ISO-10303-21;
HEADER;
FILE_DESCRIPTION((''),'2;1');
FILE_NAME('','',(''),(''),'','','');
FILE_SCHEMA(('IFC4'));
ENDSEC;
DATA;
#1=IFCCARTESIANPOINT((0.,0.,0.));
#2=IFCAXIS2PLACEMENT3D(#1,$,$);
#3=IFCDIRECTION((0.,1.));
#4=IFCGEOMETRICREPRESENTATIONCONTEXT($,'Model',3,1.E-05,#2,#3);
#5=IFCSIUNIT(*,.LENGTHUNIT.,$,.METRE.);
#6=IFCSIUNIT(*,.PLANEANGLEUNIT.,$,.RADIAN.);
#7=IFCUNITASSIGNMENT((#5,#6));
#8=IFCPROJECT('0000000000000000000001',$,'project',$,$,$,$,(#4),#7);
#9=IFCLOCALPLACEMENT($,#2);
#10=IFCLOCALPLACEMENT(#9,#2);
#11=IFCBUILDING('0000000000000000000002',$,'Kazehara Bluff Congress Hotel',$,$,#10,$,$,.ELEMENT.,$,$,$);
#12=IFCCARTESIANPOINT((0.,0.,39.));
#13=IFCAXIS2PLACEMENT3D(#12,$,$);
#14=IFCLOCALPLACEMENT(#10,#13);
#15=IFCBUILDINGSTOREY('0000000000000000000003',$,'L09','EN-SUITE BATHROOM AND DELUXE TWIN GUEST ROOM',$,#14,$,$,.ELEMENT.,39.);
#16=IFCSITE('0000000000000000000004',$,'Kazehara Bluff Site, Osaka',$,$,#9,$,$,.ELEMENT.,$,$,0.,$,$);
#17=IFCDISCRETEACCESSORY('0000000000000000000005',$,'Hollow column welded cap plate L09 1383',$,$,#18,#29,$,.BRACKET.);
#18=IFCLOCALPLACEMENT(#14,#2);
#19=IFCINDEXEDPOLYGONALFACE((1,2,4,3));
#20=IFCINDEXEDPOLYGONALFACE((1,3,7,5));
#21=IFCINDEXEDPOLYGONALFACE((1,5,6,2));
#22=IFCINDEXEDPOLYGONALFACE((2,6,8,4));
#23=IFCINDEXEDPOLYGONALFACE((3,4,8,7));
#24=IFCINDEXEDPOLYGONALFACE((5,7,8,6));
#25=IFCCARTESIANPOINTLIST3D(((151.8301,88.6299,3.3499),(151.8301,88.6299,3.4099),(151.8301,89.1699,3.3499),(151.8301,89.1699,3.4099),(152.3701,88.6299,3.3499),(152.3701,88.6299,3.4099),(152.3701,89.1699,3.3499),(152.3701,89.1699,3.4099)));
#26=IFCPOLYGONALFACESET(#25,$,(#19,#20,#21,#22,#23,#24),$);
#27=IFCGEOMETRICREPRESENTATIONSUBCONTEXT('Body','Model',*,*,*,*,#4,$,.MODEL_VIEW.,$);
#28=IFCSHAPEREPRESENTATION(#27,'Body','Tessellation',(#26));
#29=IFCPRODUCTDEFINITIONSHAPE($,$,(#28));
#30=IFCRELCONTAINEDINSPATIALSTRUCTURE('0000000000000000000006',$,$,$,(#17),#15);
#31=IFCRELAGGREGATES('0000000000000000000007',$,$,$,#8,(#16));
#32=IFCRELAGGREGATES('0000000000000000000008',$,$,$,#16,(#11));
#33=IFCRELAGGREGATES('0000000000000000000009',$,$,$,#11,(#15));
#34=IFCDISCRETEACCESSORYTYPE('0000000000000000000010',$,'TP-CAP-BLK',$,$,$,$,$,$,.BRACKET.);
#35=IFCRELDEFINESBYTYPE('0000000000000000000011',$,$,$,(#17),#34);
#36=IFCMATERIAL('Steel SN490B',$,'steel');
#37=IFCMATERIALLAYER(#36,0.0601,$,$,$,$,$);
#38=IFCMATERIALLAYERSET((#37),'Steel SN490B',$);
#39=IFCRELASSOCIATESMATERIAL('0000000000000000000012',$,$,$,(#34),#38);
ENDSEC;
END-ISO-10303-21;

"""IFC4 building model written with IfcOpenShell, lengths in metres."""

from ifc_helpers import new_model, si_unit, direction, frame, origin, origin_2d, place, context, subcontext, project, spatial, rectangle, extrude, material, layer, layer_set, type_object, element, save


model = new_model("IFC4")

# Units and contexts
model_context = context("Model", 3, precision=1e-05, world=origin(), true_north=direction((0.0, 1.0)))
body_context = subcontext(model_context, "Body", "Model", "MODEL_VIEW")
ifc_project = project(units=[si_unit("LENGTHUNIT", "METRE"), si_unit("PLANEANGLEUNIT", "RADIAN")], contexts=[model_context])

# Site, building, storey
site_placement = place(None, origin())
site = spatial("IfcSite", under=ifc_project, at=site_placement, Name="Kazehara Bluff Site, Osaka", CompositionType="ELEMENT", RefElevation=0.0)
building_placement = place(site_placement, origin())
building = spatial("IfcBuilding", under=site, at=building_placement, Name="Kazehara Bluff Congress Hotel", CompositionType="ELEMENT")
storey_placement = place(building_placement, frame((0.0, 0.0, 39.0)))
storey = spatial("IfcBuildingStorey", under=building, at=storey_placement, Name="L09", Description="EN-SUITE BATHROOM AND DELUXE TWIN GUEST ROOM", CompositionType="ELEMENT", Elevation=39.0)

# Discrete accessory
ifc_material_1 = material(Name="Steel SN490B", Category="steel")
ifc_layer_1 = layer(ifc_material_1, 0.0601)
ifc_layer_set_1 = layer_set([ifc_layer_1], Name="Steel SN490B")
discrete_accessory_type = type_object("IfcDiscreteAccessoryType", Name="TP-CAP-BLK", PredefinedType="BRACKET", material=ifc_layer_set_1)
discrete_accessory_placement = place(storey_placement, frame((152.1001, 88.8999, 3.3499), z_axis=(0.0, 0.0, 1.0), x_axis=(1.0, 0.0, 0.0)))
element("IfcDiscreteAccessory", 1, at=discrete_accessory_placement, inside=storey, type_object=discrete_accessory_type, Name="Hollow column welded cap plate L09 1383", PredefinedType="BRACKET", context=body_context, shape_type="SweptSolid", body=[
    extrude(rectangle(XDim=0.54, YDim=0.54, at=origin_2d()), origin(), (0.0, 0.0, 1.0), 0.0601),
])

save(model, "model.ifc")
